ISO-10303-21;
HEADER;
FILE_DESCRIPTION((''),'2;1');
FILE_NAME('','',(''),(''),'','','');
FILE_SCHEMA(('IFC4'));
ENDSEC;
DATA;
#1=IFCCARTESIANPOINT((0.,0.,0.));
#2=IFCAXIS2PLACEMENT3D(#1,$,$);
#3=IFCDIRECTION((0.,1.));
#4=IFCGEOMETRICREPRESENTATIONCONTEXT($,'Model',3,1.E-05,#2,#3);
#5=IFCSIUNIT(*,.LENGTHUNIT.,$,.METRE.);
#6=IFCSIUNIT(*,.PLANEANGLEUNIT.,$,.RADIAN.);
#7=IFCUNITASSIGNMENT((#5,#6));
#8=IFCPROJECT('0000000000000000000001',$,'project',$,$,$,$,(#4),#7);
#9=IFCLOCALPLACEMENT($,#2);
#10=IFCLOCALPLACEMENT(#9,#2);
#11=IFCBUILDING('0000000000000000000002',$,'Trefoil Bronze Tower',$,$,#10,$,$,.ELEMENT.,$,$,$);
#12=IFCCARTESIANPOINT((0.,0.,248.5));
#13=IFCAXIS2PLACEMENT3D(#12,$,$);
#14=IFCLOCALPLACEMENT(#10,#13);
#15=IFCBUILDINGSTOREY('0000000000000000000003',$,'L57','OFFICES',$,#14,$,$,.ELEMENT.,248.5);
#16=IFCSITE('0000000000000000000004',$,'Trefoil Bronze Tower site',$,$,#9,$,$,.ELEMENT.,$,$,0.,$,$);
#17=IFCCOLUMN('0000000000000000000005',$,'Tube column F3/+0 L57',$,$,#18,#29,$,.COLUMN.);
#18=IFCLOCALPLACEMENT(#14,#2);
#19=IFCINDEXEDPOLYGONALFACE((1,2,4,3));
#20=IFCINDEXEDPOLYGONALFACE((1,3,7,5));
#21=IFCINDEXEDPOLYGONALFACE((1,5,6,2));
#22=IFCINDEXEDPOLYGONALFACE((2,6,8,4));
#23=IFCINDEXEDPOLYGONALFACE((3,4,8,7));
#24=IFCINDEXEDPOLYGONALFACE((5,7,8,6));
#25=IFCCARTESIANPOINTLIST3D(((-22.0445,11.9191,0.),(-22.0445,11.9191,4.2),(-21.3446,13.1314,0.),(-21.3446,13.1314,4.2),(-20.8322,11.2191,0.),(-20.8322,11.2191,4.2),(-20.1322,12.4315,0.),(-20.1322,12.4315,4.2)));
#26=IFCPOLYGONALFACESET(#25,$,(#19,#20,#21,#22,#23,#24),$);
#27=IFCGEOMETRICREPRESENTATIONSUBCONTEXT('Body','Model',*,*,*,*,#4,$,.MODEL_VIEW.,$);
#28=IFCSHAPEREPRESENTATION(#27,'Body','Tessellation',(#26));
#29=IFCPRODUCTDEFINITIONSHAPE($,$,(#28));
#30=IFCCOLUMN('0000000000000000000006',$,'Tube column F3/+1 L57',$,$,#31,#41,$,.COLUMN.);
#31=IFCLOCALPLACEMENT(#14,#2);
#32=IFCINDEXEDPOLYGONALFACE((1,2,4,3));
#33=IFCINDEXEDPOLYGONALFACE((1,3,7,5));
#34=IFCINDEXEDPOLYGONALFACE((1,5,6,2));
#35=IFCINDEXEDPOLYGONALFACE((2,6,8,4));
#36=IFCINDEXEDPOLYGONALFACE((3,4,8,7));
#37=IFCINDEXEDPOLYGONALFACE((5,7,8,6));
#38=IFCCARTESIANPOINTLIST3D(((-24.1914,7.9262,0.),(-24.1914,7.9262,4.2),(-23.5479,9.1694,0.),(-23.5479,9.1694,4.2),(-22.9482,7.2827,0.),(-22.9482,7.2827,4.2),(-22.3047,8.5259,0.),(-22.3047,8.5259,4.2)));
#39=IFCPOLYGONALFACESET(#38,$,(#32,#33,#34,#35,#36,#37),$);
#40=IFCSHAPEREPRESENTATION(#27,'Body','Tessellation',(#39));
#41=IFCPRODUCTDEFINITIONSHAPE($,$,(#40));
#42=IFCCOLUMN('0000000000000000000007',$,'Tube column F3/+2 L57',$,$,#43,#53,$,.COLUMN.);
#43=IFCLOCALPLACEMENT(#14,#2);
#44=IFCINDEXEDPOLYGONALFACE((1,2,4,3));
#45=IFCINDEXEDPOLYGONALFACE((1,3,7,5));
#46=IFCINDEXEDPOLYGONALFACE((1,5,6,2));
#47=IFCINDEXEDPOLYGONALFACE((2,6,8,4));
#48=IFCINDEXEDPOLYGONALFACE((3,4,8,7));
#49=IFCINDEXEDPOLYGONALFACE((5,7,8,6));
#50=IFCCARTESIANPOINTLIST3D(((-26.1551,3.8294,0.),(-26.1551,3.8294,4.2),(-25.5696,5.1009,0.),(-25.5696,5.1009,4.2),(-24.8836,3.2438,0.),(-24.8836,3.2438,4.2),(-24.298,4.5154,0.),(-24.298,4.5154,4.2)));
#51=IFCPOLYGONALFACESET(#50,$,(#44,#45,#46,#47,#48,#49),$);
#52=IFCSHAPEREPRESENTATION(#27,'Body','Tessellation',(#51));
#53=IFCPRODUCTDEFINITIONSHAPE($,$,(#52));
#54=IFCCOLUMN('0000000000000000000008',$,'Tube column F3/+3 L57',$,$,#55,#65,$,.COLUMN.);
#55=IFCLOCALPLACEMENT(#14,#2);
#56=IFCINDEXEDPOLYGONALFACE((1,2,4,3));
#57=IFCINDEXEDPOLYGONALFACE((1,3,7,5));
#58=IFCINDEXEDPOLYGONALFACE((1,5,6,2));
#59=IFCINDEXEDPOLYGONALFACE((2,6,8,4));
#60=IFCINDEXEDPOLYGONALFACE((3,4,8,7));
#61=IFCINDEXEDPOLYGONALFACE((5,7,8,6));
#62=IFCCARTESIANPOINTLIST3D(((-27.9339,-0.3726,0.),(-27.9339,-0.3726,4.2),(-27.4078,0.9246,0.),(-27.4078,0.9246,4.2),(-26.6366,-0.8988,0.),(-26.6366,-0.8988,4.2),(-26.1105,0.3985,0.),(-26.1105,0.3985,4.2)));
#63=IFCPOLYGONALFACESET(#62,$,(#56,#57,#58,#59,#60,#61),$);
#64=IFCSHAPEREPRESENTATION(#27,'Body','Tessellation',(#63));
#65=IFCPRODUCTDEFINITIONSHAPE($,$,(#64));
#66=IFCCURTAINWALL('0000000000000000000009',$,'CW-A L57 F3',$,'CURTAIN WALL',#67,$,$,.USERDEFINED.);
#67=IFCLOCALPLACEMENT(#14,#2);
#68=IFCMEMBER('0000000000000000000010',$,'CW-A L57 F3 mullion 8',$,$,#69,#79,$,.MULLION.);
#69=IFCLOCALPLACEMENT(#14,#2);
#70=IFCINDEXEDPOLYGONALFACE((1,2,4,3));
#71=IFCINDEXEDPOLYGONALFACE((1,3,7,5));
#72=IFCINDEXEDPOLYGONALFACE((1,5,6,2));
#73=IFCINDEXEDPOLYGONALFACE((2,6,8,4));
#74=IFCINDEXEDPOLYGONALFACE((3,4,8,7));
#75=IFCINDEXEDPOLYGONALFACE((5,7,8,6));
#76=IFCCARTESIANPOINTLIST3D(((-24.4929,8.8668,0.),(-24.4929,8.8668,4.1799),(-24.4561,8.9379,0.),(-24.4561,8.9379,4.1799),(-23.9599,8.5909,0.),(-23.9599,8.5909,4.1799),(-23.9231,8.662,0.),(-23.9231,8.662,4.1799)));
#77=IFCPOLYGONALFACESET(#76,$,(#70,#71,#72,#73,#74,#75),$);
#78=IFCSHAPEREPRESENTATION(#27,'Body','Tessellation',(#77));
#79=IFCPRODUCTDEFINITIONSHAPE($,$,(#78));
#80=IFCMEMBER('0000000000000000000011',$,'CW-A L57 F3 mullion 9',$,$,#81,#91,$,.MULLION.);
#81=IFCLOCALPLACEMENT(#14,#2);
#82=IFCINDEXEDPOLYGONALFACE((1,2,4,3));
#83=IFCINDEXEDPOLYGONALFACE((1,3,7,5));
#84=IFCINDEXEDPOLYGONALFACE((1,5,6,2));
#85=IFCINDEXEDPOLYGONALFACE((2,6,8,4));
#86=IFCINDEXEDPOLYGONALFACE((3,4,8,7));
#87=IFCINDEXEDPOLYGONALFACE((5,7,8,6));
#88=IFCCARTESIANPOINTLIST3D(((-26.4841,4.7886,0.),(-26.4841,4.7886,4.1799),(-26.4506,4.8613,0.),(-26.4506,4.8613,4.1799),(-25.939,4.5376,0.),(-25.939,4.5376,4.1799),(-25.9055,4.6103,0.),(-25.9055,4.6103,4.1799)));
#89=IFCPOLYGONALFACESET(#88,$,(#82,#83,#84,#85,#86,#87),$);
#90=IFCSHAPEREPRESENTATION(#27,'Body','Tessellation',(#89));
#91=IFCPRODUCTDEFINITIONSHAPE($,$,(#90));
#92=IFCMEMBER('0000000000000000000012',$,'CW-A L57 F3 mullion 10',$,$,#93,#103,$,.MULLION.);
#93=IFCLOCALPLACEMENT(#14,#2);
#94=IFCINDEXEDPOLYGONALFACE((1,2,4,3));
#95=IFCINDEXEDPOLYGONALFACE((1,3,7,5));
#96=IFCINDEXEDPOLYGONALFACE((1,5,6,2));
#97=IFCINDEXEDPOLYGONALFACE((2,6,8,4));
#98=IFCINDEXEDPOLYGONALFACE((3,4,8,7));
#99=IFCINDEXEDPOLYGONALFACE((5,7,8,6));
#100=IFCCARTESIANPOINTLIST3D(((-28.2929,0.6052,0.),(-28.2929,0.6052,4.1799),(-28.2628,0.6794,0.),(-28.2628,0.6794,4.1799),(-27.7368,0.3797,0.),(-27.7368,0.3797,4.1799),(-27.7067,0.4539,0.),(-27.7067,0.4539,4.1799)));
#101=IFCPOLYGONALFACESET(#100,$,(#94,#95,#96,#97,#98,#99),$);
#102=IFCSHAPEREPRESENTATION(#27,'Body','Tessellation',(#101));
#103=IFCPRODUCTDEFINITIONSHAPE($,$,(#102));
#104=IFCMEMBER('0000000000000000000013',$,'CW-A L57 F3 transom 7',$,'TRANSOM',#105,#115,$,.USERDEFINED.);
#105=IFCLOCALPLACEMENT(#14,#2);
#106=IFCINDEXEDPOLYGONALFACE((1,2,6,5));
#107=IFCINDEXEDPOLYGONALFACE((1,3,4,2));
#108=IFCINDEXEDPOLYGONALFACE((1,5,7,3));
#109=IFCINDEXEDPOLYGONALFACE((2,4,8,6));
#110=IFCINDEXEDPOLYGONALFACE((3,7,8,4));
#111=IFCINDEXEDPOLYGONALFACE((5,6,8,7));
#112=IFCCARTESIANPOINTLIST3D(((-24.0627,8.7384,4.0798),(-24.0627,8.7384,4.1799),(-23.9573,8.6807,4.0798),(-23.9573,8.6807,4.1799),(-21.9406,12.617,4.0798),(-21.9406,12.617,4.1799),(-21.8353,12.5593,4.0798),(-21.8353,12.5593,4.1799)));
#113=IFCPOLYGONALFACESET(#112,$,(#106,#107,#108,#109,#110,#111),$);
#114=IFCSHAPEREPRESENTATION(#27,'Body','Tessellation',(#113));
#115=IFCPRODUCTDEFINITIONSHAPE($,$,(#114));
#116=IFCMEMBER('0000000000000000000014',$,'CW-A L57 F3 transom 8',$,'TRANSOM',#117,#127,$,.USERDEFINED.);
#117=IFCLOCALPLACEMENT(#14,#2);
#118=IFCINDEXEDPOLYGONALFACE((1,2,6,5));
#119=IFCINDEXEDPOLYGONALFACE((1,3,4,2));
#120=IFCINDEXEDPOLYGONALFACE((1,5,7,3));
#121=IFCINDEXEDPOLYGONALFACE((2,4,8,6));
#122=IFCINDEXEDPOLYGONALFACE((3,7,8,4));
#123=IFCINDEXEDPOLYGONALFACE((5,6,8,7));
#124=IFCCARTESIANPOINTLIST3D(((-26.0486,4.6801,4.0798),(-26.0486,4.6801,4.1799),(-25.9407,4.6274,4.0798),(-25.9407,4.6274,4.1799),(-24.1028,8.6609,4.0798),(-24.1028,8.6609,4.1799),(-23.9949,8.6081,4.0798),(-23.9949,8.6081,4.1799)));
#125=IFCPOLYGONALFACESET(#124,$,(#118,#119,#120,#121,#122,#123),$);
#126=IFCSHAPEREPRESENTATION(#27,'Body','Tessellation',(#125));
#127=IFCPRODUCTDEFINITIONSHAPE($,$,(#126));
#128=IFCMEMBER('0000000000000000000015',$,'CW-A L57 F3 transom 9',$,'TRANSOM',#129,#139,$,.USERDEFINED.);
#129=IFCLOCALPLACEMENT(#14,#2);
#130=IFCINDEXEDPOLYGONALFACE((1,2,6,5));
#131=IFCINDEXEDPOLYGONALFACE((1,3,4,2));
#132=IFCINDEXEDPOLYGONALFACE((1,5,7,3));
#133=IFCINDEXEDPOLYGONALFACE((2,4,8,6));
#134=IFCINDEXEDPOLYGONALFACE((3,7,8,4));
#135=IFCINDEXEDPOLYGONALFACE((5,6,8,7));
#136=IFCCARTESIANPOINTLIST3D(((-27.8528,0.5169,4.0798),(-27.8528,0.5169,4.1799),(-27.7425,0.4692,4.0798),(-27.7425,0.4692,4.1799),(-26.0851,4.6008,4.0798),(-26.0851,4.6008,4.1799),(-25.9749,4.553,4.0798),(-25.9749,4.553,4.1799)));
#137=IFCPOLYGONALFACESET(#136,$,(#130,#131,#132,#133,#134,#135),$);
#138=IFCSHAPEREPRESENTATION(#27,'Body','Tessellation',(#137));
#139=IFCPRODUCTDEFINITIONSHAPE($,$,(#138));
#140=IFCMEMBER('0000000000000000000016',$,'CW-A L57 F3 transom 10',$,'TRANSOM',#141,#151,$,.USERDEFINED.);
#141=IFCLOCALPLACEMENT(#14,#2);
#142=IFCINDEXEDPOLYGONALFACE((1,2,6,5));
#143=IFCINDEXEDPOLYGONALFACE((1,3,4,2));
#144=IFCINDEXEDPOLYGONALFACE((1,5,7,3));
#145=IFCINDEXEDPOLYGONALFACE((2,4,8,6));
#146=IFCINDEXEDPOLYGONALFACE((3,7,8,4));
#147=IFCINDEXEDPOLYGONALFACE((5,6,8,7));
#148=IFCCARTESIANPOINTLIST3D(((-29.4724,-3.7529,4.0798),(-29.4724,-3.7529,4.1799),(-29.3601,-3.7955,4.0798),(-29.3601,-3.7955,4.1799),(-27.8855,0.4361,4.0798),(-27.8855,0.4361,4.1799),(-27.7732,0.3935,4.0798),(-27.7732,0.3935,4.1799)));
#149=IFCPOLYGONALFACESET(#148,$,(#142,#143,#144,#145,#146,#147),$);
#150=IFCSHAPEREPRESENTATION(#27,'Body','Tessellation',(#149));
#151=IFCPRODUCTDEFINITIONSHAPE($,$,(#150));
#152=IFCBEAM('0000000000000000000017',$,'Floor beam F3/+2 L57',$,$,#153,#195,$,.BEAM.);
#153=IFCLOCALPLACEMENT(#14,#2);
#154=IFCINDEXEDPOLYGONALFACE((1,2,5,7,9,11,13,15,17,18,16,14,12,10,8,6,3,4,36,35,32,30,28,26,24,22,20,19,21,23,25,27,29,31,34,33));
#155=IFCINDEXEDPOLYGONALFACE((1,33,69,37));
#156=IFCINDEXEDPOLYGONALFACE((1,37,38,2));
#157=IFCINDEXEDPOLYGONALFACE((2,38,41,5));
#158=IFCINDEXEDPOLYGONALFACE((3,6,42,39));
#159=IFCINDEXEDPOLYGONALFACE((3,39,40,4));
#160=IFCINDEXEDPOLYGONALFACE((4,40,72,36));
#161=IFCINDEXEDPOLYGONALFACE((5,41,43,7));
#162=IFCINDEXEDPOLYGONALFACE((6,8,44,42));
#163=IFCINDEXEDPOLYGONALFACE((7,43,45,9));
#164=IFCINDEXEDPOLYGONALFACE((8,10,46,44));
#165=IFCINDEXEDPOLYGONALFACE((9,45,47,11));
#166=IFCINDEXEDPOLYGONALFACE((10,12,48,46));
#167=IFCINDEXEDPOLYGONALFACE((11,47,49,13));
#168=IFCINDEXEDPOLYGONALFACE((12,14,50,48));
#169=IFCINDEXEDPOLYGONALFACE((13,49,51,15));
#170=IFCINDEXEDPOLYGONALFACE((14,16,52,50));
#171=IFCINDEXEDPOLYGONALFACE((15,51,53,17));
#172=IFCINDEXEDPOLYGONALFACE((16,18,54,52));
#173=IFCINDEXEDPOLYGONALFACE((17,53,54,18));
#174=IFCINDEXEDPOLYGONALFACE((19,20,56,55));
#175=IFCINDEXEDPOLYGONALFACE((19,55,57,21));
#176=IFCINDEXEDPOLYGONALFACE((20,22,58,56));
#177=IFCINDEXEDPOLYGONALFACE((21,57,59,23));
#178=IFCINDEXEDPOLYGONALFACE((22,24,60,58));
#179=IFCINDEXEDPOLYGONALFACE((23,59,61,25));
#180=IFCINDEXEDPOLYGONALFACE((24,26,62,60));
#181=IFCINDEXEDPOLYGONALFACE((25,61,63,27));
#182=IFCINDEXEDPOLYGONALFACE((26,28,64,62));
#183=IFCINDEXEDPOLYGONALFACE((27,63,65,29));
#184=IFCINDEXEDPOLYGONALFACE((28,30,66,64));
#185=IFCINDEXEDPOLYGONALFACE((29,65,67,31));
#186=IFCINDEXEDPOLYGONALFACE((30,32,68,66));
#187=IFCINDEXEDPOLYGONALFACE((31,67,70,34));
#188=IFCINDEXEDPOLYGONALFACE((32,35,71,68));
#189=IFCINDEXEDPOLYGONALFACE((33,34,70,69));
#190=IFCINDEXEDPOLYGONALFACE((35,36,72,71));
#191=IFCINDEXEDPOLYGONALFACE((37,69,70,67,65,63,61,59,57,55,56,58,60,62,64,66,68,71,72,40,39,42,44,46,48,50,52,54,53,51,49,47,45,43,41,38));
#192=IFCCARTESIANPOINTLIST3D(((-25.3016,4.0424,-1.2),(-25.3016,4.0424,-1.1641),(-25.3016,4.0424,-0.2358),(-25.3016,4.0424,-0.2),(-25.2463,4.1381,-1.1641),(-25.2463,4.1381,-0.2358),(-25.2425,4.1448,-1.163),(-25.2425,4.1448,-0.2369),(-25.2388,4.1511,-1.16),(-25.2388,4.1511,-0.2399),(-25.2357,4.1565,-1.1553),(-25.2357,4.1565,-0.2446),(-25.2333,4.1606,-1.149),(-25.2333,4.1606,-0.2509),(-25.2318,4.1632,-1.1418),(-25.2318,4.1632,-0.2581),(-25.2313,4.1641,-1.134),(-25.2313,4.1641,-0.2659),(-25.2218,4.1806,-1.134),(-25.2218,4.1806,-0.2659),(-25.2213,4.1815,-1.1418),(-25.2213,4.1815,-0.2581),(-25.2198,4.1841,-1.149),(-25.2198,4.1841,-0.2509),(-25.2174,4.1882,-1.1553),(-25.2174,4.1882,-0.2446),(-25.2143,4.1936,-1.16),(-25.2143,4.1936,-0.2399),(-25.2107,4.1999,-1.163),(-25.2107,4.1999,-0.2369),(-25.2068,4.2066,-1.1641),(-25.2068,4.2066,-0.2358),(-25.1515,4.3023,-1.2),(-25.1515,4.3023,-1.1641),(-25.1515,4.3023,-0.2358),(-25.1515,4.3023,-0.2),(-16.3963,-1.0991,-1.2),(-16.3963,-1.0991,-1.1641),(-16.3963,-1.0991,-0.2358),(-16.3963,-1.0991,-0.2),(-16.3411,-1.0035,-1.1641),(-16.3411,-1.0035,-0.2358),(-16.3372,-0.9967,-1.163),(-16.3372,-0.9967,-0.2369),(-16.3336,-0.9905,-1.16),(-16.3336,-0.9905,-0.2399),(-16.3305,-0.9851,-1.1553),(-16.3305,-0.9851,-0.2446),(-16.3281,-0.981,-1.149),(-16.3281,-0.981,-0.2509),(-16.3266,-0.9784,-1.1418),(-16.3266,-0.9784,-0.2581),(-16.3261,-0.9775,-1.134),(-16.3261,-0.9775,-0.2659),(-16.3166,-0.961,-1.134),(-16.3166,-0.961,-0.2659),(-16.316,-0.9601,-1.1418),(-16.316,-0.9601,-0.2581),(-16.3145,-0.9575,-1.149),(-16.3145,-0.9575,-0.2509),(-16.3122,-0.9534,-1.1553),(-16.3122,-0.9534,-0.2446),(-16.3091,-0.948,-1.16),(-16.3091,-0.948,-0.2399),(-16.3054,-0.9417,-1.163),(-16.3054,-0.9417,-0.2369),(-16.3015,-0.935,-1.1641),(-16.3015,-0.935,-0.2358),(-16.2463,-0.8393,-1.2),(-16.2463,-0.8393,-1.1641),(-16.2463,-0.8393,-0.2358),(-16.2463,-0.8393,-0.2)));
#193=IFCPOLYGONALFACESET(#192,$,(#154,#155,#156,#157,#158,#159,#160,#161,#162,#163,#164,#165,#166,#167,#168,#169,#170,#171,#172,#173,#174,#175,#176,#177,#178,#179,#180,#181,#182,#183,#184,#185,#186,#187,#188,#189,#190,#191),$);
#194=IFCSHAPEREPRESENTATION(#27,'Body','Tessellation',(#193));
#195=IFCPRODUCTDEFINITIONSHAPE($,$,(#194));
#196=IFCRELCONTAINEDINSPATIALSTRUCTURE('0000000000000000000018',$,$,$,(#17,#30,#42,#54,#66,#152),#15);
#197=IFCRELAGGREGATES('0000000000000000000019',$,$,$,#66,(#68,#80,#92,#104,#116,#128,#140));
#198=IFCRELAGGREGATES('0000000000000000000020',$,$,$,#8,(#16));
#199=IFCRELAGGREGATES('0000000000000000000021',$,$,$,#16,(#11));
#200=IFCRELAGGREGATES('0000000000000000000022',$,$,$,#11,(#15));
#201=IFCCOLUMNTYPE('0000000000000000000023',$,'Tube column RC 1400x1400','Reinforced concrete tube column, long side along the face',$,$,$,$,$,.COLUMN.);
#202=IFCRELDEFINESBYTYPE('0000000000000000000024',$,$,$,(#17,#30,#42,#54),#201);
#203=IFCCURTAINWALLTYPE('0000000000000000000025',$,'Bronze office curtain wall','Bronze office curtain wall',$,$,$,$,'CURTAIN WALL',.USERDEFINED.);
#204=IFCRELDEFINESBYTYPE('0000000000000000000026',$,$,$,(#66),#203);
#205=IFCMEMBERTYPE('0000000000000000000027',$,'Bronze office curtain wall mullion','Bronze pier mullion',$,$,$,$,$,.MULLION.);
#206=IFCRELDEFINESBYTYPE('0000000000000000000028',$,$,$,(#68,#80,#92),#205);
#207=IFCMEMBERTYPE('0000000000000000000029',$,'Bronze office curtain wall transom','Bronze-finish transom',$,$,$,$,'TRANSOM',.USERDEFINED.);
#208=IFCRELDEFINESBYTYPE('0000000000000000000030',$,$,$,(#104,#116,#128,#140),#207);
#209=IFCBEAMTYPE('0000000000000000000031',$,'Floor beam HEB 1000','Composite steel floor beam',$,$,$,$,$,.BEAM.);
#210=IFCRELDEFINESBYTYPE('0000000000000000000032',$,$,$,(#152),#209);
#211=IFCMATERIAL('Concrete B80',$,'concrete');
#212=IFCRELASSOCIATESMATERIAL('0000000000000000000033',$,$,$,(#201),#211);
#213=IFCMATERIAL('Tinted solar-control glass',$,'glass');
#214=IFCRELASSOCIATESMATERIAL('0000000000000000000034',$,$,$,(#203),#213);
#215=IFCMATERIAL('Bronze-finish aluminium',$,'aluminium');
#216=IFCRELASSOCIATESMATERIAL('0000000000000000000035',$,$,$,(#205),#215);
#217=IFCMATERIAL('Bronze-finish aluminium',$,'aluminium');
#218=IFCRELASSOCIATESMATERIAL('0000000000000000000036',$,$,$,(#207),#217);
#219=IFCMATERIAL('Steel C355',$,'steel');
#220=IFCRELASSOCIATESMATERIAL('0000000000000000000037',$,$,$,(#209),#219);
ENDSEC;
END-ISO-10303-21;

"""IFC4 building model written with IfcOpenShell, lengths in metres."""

from ifc_helpers import new_model, si_unit, direction, frame, origin, origin_2d, place, context, subcontext, project, spatial, rectangle, i_section, extrude, material, material_profile, profile_set, type_object, element, aggregate, save


model = new_model("IFC4")

# Units and contexts
model_context = context("Model", 3, precision=1e-05, world=origin(), true_north=direction((0.0, 1.0)))
body_context = subcontext(model_context, "Body", "Model", "MODEL_VIEW")
ifc_project = project(units=[si_unit("LENGTHUNIT", "METRE"), si_unit("PLANEANGLEUNIT", "RADIAN")], contexts=[model_context])

# Site, building, storey
site_placement = place(None, origin())
site = spatial("IfcSite", under=ifc_project, at=site_placement, Name="Trefoil Bronze Tower site", CompositionType="ELEMENT", RefElevation=0.0)
building_placement = place(site_placement, origin())
building = spatial("IfcBuilding", under=site, at=building_placement, Name="Trefoil Bronze Tower", CompositionType="ELEMENT")
storey_placement = place(building_placement, frame((0.0, 0.0, 248.5)))
storey = spatial("IfcBuildingStorey", under=building, at=storey_placement, Name="L57", Description="OFFICES", CompositionType="ELEMENT", Elevation=248.5)

# Columns
ifc_material_1 = material(Name="Concrete B80", Category="concrete")
ifc_material_profile_1 = material_profile(ifc_material_1, rectangle(XDim=1.3999, YDim=1.3999, at=origin_2d()), Name="RC 1400x1400")
ifc_profile_set_1 = profile_set([ifc_material_profile_1], Name="Concrete B80")
column_type = type_object("IfcColumnType", Name="Tube column RC 1400x1400", Description="Reinforced concrete tube column, long side along the face", PredefinedType="COLUMN", material=ifc_profile_set_1)
for number, where, z_axis, x_axis, name in (
    (1, (-21.0884, 12.1753, 0.0), (0.0, 0.0, 1.0), (-0.5, -0.866025, 0.0), "Tube column F3/+0 L57"),
    (2, (-23.248, 8.2261, 0.0), (0.0, 0.0, 1.0), (-0.459673, -0.888088, 0.0), "Tube column F3/+1 L57"),
    (3, (-25.2266, 4.1724, 0.0), (0.0, 0.0, 1.0), (-0.418286, -0.908315, 0.0), "Tube column F3/+2 L57"),
    (4, (-27.0222, 0.0129, 0.0), (0.0, 0.0, 1.0), (-0.375828, -0.926689, 0.0), "Tube column F3/+3 L57"),
):
    element("IfcColumn", number, at=place(storey_placement, frame(where, z_axis=z_axis, x_axis=x_axis)), inside=storey, type_object=column_type, Name=name, PredefinedType="COLUMN", context=body_context, shape_type="SweptSolid", body=[
        extrude(rectangle(XDim=1.3999, YDim=1.3999, at=origin_2d()), origin(), (0.0, 0.0, 1.0), 4.2),
    ])

# Curtain wall, members
ifc_material_2 = material(Name="Tinted solar-control glass", Category="glass")
curtain_wall_type = type_object("IfcCurtainWallType", Name="Bronze office curtain wall", Description="Bronze office curtain wall", ElementType="CURTAIN WALL", PredefinedType="USERDEFINED", material=ifc_material_2)
curtain_wall_placement = place(storey_placement, origin())
curtain_wall = element("IfcCurtainWall", 5, at=curtain_wall_placement, inside=storey, type_object=curtain_wall_type, Name="CW-A L57 F3", ObjectType="CURTAIN WALL", PredefinedType="USERDEFINED")
ifc_material_3 = material(Name="Bronze-finish aluminium", Category="aluminium")
ifc_material_profile_2 = material_profile(ifc_material_3, rectangle(XDim=0.6001, YDim=0.0801, at=origin_2d()), Name="CW-A mullion")
ifc_profile_set_2 = profile_set([ifc_material_profile_2], Name="Bronze-finish aluminium")
member_type_1 = type_object("IfcMemberType", Name="Bronze office curtain wall mullion", Description="Bronze pier mullion", PredefinedType="MULLION", material=ifc_profile_set_2)
member_1_placement = place(storey_placement, frame((-24.208, 8.7644, 0.0), z_axis=(0.0, 0.0, 1.0), x_axis=(0.888088, -0.459673, 0.0)))
member_1 = element("IfcMember", 6, at=member_1_placement, type_object=member_type_1, Name="CW-A L57 F3 mullion 8", PredefinedType="MULLION", context=body_context, shape_type="SweptSolid", body=[
    extrude(rectangle(XDim=0.6001, YDim=0.0801, at=origin_2d()), origin(), (0.0, 0.0, 1.0), 4.1799),
])
member_2_placement = place(storey_placement, frame((-26.1948, 4.6995, 0.0), z_axis=(0.0, 0.0, 1.0), x_axis=(0.908315, -0.418286, 0.0)))
member_2 = element("IfcMember", 7, at=member_2_placement, type_object=member_type_1, Name="CW-A L57 F3 mullion 9", PredefinedType="MULLION", context=body_context, shape_type="SweptSolid", body=[
    extrude(rectangle(XDim=0.6001, YDim=0.0801, at=origin_2d()), origin(), (0.0, 0.0, 1.0), 4.1799),
])
member_3_placement = place(storey_placement, frame((-27.9998, 0.5295, 0.0), z_axis=(0.0, 0.0, 1.0), x_axis=(0.926689, -0.375828, 0.0)))
member_3 = element("IfcMember", 8, at=member_3_placement, type_object=member_type_1, Name="CW-A L57 F3 mullion 10", PredefinedType="MULLION", context=body_context, shape_type="SweptSolid", body=[
    extrude(rectangle(XDim=0.6001, YDim=0.0801, at=origin_2d()), origin(), (0.0, 0.0, 1.0), 4.1799),
])
ifc_material_4 = material(Name="Bronze-finish aluminium", Category="aluminium")
ifc_material_profile_3 = material_profile(ifc_material_4, rectangle(XDim=0.1201, YDim=0.1001, at=origin_2d()), Name="CW-A transom")
ifc_profile_set_3 = profile_set([ifc_material_profile_3], Name="Bronze-finish aluminium")
member_type_2 = type_object("IfcMemberType", Name="Bronze office curtain wall transom", Description="Bronze-finish transom", ElementType="TRANSOM", PredefinedType="USERDEFINED", material=ifc_profile_set_3)
member_4_placement = place(storey_placement, frame((-21.8879, 12.5881, 4.1299), z_axis=(-0.479974, -0.877283, 0.0), x_axis=(0.877283, -0.479974, 0.0)))
member_4 = element("IfcMember", 9, at=member_4_placement, type_object=member_type_2, Name="CW-A L57 F3 transom 7", ObjectType="TRANSOM", PredefinedType="USERDEFINED", context=body_context, shape_type="SweptSolid", body=[
    extrude(rectangle(XDim=0.1201, YDim=0.1001, at=origin_2d()), origin(), (0.0, 0.0, 1.0), 4.4211),
])
member_5_placement = place(storey_placement, frame((-24.0488, 8.6345, 4.1299), z_axis=(-0.439151, -0.898413, 0.0), x_axis=(0.898413, -0.439151, 0.0)))
member_5 = element("IfcMember", 10, at=member_5_placement, type_object=member_type_2, Name="CW-A L57 F3 transom 8", ObjectType="TRANSOM", PredefinedType="USERDEFINED", context=body_context, shape_type="SweptSolid", body=[
    extrude(rectangle(XDim=0.1201, YDim=0.1001, at=origin_2d()), origin(), (0.0, 0.0, 1.0), 4.4309),
])
member_6_placement = place(storey_placement, frame((-26.03, 4.5769, 4.1299), z_axis=(-0.397221, -0.917723, 0.0), x_axis=(0.917723, -0.397221, 0.0)))
member_6 = element("IfcMember", 11, at=member_6_placement, type_object=member_type_2, Name="CW-A L57 F3 transom 9", ObjectType="TRANSOM", PredefinedType="USERDEFINED", context=body_context, shape_type="SweptSolid", body=[
    extrude(rectangle(XDim=0.1201, YDim=0.1001, at=origin_2d()), origin(), (0.0, 0.0, 1.0), 4.45),
])
member_7_placement = place(storey_placement, frame((-27.8293, 0.4148, 4.1299), z_axis=(-0.354263, -0.935146, 0.0), x_axis=(0.935146, -0.354263, 0.0)))
member_7 = element("IfcMember", 12, at=member_7_placement, type_object=member_type_2, Name="CW-A L57 F3 transom 10", ObjectType="TRANSOM", PredefinedType="USERDEFINED", context=body_context, shape_type="SweptSolid", body=[
    extrude(rectangle(XDim=0.1201, YDim=0.1001, at=origin_2d()), origin(), (0.0, 0.0, 1.0), 4.4795),
])

# Beam
ifc_material_5 = material(Name="Steel C355", Category="steel")
ifc_material_profile_4 = material_profile(ifc_material_5, i_section(OverallWidth=0.3, OverallDepth=1.0, WebThickness=0.019, FlangeThickness=0.0359, FilletRadius=0.03, at=origin_2d()), Name="HEB 1000")
ifc_profile_set_4 = profile_set([ifc_material_profile_4], Name="Steel C355")
beam_type_1 = type_object("IfcBeamType", Name="Floor beam HEB 1000", Description="Composite steel floor beam", PredefinedType="BEAM", material=ifc_profile_set_4)
beam_1_placement = place(storey_placement, frame((-25.2266, 4.1724, -0.7), z_axis=(0.86602, -0.50001, 0.0), x_axis=(0.50001, 0.86602, 0.0)))
element("IfcBeam", 13, at=beam_1_placement, inside=storey, type_object=beam_type_1, Name="Floor beam F3/+2 L57", PredefinedType="BEAM", context=body_context, shape_type="SweptSolid", body=[
    extrude(i_section(OverallWidth=0.3, OverallDepth=1.0, WebThickness=0.019, FlangeThickness=0.0359, FilletRadius=0.03, at=origin_2d()), origin(), (0.0, 0.0, 1.0), 10.283),
])

aggregate(curtain_wall, [member_1, member_2, member_3, member_4, member_5, member_6, member_7])

save(model, "model.ifc")
